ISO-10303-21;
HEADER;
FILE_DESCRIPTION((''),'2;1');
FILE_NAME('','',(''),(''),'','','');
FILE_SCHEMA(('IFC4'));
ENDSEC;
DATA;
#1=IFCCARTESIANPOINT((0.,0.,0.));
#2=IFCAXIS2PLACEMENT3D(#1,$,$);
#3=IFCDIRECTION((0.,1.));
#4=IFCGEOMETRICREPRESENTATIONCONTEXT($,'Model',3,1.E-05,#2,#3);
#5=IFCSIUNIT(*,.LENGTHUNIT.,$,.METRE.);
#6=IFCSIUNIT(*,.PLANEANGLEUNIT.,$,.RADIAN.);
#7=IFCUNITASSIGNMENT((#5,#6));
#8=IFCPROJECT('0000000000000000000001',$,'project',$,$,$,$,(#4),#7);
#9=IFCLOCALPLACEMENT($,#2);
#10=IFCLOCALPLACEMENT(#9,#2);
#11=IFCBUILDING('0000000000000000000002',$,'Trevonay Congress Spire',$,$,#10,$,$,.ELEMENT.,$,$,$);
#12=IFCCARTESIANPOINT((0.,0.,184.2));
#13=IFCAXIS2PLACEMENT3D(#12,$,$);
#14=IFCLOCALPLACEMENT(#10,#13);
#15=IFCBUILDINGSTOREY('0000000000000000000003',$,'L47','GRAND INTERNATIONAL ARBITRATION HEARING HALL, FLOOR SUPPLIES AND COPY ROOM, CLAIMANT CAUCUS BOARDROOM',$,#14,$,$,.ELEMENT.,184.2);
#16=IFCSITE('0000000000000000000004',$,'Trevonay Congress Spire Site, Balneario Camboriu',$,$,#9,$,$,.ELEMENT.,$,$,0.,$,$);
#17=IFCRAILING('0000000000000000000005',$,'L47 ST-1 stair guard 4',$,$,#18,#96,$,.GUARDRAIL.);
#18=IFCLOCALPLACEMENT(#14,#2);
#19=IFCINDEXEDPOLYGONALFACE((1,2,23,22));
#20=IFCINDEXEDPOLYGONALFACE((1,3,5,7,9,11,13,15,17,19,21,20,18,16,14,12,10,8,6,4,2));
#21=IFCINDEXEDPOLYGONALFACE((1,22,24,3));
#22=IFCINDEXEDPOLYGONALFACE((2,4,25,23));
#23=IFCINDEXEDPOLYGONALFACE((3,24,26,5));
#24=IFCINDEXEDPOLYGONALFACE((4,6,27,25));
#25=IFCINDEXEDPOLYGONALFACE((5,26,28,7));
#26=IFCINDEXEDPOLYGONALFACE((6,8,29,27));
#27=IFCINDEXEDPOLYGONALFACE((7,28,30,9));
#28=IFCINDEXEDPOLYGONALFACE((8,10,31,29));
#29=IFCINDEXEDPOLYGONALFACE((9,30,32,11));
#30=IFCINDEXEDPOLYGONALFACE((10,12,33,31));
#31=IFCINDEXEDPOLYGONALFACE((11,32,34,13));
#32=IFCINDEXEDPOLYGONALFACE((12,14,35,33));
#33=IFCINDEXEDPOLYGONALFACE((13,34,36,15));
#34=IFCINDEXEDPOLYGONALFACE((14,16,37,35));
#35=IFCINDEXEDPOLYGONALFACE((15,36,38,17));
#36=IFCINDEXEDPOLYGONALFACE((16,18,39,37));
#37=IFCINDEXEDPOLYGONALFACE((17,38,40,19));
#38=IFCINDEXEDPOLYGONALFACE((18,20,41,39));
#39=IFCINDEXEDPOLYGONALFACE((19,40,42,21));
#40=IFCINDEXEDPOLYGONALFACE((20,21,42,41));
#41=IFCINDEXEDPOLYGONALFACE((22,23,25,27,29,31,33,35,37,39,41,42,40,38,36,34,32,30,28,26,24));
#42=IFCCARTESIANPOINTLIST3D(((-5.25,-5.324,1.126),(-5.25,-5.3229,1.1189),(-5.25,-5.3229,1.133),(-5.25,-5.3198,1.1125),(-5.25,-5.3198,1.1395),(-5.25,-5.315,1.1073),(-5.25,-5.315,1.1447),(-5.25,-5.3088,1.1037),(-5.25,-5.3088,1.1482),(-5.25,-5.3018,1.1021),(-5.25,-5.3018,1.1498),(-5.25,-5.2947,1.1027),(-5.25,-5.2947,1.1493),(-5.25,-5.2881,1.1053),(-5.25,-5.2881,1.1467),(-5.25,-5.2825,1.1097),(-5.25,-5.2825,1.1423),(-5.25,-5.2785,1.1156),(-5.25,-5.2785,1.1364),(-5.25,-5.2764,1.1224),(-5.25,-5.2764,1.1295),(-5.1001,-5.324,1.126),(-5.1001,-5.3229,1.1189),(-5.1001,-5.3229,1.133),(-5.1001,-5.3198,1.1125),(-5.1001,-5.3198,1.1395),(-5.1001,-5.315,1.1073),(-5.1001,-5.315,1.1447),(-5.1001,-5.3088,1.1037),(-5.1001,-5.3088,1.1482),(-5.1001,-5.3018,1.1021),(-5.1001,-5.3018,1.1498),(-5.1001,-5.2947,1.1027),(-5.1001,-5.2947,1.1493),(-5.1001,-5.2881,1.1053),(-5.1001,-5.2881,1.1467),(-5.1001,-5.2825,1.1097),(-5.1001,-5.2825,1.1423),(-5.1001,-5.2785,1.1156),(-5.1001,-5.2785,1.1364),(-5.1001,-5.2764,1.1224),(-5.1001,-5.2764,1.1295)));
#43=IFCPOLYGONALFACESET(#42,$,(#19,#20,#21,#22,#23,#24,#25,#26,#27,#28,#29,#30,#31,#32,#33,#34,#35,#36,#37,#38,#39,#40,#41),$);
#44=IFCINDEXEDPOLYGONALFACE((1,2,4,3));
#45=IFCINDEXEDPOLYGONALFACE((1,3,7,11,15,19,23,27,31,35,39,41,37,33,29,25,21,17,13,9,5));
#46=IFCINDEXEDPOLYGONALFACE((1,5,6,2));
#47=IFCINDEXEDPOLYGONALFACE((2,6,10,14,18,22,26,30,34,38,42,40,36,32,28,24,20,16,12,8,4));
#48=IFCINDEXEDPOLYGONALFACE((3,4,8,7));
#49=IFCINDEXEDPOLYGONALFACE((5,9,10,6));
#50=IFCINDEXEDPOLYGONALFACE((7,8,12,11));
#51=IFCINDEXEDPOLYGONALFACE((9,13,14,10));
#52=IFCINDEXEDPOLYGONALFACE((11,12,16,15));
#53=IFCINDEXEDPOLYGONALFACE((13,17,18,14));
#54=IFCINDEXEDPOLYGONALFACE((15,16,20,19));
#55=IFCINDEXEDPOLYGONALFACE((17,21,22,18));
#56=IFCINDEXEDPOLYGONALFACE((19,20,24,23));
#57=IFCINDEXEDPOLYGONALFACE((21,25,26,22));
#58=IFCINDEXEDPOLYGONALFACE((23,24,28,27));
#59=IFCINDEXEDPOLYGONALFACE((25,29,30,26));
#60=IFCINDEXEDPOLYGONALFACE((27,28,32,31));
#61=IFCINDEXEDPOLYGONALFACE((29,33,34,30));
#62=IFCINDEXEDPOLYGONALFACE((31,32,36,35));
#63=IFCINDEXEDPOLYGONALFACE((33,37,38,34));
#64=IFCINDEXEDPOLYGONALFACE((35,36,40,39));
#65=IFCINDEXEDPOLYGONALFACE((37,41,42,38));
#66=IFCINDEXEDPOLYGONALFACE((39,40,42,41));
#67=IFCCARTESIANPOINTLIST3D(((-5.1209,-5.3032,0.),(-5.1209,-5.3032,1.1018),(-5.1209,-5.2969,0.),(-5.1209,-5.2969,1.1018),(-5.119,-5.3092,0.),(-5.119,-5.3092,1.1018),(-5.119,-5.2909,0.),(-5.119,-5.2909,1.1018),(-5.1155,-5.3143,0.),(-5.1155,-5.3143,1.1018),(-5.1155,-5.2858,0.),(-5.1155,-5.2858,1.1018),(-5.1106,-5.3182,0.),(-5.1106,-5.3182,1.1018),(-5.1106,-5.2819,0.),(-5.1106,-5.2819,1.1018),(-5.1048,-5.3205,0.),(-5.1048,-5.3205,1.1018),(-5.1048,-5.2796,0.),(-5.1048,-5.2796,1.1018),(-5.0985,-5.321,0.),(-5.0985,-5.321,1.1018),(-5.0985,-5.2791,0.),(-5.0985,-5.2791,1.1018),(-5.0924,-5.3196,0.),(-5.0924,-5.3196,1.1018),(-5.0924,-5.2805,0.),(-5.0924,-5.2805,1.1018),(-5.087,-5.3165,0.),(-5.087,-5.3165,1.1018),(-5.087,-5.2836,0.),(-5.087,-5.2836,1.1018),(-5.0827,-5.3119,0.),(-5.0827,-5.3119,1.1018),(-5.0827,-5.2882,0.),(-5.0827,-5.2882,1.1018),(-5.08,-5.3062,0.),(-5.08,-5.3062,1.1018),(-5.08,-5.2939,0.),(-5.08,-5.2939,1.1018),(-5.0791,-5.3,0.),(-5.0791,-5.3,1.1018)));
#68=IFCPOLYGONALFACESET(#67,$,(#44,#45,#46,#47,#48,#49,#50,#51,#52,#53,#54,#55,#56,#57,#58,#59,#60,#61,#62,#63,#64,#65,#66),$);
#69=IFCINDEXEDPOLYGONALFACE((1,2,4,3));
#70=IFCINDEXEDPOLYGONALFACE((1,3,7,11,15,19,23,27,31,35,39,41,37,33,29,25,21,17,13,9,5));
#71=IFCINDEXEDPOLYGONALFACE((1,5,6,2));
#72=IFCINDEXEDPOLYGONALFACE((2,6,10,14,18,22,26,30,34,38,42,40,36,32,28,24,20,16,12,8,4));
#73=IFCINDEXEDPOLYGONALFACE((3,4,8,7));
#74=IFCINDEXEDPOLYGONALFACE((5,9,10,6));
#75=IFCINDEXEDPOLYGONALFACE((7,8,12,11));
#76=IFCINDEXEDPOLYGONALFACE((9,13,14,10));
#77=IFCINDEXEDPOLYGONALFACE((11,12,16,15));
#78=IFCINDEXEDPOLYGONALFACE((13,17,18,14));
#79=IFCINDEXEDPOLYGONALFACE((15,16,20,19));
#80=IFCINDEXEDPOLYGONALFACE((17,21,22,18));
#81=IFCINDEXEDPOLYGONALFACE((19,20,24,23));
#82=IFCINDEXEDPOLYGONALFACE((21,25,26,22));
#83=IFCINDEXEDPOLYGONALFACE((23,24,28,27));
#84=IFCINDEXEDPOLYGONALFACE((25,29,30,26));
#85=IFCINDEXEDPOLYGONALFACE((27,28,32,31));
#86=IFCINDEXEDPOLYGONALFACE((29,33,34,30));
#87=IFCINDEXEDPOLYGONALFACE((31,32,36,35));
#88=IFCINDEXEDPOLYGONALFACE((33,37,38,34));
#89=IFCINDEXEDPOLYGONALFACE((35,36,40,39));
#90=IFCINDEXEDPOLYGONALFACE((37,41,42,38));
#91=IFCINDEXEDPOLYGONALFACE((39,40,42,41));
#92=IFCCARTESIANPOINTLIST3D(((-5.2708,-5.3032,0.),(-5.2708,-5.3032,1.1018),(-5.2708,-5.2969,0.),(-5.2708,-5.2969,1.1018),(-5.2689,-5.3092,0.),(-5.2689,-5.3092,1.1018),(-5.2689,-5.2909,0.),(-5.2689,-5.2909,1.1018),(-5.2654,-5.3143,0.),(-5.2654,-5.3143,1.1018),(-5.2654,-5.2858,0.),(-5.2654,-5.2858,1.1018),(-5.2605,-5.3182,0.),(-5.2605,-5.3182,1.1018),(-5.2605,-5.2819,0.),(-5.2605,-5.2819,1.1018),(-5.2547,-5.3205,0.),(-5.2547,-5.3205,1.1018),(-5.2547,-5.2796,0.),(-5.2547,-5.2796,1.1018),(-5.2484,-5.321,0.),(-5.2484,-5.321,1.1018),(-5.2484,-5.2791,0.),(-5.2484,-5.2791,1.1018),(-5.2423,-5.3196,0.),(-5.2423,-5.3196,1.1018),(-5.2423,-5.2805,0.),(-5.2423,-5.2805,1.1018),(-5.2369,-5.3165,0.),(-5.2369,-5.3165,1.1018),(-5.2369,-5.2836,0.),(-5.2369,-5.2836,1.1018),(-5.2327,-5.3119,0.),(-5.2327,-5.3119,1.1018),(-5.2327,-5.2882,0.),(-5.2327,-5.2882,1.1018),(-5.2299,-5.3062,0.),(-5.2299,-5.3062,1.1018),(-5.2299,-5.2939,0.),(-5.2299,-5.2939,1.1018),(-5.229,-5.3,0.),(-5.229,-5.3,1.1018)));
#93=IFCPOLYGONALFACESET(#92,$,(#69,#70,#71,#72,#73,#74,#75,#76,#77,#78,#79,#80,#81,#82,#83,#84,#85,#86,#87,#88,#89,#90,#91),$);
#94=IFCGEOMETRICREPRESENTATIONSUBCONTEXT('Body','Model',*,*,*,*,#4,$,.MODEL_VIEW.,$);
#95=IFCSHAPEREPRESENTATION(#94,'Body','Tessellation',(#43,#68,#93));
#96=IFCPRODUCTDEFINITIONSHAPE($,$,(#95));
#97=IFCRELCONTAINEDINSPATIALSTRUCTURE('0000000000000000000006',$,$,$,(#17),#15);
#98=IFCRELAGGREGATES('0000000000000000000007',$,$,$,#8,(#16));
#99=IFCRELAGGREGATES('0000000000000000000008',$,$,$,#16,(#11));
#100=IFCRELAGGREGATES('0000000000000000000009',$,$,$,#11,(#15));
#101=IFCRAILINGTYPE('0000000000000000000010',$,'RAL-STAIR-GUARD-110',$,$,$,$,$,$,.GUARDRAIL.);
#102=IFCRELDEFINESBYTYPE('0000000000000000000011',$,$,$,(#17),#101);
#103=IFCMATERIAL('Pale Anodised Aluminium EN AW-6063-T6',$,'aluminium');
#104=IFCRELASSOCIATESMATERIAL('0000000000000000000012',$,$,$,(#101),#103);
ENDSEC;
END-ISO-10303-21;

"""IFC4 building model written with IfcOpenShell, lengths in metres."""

from ifc_helpers import new_model, si_unit, direction, frame, origin, origin_2d, place, context, subcontext, project, spatial, circle, extrude, material, type_object, element, save


model = new_model("IFC4")

# Units and contexts
model_context = context("Model", 3, precision=1e-05, world=origin(), true_north=direction((0.0, 1.0)))
body_context = subcontext(model_context, "Body", "Model", "MODEL_VIEW")
ifc_project = project(units=[si_unit("LENGTHUNIT", "METRE"), si_unit("PLANEANGLEUNIT", "RADIAN")], contexts=[model_context])

# Site, building, storey
site_placement = place(None, origin())
site = spatial("IfcSite", under=ifc_project, at=site_placement, Name="Trevonay Congress Spire Site, Balneario Camboriu", CompositionType="ELEMENT", RefElevation=0.0)
building_placement = place(site_placement, origin())
building = spatial("IfcBuilding", under=site, at=building_placement, Name="Trevonay Congress Spire", CompositionType="ELEMENT")
storey_placement = place(building_placement, frame((0.0, 0.0, 184.2)))
storey = spatial("IfcBuildingStorey", under=building, at=storey_placement, Name="L47", Description="GRAND INTERNATIONAL ARBITRATION HEARING HALL, FLOOR SUPPLIES AND COPY ROOM, CLAIMANT CAUCUS BOARDROOM", CompositionType="ELEMENT", Elevation=184.2)

# Shared definitions
ifc_material_1 = material(Name="Pale Anodised Aluminium EN AW-6063-T6", Category="aluminium")

# Railing
railing_type_1 = type_object("IfcRailingType", Name="RAL-STAIR-GUARD-110", PredefinedType="GUARDRAIL", material=ifc_material_1)
railing_1_placement = place(storey_placement, frame((-5.1001, -5.3, 0.0)))
element("IfcRailing", 1, at=railing_1_placement, inside=storey, type_object=railing_type_1, Name="L47 ST-1 stair guard 4", PredefinedType="GUARDRAIL", context=body_context, shape_type="SweptSolid", body=[
    extrude(circle(Radius=0.0239, at=origin_2d()), frame((0.0, 0.0, 1.126), z_axis=(-1.0, 0.0, 0.0), x_axis=(0.0, -1.0, 0.0)), (0.0, 0.0, 1.0), 0.1499),
    extrude(circle(Radius=0.021, at=origin_2d()), origin(), (0.0, 0.0, 1.0), 1.1018),
    extrude(circle(Radius=0.021, at=origin_2d()), frame((-0.1499, 0.0, 0.0)), (0.0, 0.0, 1.0), 1.1018),
])

save(model, "model.ifc")
